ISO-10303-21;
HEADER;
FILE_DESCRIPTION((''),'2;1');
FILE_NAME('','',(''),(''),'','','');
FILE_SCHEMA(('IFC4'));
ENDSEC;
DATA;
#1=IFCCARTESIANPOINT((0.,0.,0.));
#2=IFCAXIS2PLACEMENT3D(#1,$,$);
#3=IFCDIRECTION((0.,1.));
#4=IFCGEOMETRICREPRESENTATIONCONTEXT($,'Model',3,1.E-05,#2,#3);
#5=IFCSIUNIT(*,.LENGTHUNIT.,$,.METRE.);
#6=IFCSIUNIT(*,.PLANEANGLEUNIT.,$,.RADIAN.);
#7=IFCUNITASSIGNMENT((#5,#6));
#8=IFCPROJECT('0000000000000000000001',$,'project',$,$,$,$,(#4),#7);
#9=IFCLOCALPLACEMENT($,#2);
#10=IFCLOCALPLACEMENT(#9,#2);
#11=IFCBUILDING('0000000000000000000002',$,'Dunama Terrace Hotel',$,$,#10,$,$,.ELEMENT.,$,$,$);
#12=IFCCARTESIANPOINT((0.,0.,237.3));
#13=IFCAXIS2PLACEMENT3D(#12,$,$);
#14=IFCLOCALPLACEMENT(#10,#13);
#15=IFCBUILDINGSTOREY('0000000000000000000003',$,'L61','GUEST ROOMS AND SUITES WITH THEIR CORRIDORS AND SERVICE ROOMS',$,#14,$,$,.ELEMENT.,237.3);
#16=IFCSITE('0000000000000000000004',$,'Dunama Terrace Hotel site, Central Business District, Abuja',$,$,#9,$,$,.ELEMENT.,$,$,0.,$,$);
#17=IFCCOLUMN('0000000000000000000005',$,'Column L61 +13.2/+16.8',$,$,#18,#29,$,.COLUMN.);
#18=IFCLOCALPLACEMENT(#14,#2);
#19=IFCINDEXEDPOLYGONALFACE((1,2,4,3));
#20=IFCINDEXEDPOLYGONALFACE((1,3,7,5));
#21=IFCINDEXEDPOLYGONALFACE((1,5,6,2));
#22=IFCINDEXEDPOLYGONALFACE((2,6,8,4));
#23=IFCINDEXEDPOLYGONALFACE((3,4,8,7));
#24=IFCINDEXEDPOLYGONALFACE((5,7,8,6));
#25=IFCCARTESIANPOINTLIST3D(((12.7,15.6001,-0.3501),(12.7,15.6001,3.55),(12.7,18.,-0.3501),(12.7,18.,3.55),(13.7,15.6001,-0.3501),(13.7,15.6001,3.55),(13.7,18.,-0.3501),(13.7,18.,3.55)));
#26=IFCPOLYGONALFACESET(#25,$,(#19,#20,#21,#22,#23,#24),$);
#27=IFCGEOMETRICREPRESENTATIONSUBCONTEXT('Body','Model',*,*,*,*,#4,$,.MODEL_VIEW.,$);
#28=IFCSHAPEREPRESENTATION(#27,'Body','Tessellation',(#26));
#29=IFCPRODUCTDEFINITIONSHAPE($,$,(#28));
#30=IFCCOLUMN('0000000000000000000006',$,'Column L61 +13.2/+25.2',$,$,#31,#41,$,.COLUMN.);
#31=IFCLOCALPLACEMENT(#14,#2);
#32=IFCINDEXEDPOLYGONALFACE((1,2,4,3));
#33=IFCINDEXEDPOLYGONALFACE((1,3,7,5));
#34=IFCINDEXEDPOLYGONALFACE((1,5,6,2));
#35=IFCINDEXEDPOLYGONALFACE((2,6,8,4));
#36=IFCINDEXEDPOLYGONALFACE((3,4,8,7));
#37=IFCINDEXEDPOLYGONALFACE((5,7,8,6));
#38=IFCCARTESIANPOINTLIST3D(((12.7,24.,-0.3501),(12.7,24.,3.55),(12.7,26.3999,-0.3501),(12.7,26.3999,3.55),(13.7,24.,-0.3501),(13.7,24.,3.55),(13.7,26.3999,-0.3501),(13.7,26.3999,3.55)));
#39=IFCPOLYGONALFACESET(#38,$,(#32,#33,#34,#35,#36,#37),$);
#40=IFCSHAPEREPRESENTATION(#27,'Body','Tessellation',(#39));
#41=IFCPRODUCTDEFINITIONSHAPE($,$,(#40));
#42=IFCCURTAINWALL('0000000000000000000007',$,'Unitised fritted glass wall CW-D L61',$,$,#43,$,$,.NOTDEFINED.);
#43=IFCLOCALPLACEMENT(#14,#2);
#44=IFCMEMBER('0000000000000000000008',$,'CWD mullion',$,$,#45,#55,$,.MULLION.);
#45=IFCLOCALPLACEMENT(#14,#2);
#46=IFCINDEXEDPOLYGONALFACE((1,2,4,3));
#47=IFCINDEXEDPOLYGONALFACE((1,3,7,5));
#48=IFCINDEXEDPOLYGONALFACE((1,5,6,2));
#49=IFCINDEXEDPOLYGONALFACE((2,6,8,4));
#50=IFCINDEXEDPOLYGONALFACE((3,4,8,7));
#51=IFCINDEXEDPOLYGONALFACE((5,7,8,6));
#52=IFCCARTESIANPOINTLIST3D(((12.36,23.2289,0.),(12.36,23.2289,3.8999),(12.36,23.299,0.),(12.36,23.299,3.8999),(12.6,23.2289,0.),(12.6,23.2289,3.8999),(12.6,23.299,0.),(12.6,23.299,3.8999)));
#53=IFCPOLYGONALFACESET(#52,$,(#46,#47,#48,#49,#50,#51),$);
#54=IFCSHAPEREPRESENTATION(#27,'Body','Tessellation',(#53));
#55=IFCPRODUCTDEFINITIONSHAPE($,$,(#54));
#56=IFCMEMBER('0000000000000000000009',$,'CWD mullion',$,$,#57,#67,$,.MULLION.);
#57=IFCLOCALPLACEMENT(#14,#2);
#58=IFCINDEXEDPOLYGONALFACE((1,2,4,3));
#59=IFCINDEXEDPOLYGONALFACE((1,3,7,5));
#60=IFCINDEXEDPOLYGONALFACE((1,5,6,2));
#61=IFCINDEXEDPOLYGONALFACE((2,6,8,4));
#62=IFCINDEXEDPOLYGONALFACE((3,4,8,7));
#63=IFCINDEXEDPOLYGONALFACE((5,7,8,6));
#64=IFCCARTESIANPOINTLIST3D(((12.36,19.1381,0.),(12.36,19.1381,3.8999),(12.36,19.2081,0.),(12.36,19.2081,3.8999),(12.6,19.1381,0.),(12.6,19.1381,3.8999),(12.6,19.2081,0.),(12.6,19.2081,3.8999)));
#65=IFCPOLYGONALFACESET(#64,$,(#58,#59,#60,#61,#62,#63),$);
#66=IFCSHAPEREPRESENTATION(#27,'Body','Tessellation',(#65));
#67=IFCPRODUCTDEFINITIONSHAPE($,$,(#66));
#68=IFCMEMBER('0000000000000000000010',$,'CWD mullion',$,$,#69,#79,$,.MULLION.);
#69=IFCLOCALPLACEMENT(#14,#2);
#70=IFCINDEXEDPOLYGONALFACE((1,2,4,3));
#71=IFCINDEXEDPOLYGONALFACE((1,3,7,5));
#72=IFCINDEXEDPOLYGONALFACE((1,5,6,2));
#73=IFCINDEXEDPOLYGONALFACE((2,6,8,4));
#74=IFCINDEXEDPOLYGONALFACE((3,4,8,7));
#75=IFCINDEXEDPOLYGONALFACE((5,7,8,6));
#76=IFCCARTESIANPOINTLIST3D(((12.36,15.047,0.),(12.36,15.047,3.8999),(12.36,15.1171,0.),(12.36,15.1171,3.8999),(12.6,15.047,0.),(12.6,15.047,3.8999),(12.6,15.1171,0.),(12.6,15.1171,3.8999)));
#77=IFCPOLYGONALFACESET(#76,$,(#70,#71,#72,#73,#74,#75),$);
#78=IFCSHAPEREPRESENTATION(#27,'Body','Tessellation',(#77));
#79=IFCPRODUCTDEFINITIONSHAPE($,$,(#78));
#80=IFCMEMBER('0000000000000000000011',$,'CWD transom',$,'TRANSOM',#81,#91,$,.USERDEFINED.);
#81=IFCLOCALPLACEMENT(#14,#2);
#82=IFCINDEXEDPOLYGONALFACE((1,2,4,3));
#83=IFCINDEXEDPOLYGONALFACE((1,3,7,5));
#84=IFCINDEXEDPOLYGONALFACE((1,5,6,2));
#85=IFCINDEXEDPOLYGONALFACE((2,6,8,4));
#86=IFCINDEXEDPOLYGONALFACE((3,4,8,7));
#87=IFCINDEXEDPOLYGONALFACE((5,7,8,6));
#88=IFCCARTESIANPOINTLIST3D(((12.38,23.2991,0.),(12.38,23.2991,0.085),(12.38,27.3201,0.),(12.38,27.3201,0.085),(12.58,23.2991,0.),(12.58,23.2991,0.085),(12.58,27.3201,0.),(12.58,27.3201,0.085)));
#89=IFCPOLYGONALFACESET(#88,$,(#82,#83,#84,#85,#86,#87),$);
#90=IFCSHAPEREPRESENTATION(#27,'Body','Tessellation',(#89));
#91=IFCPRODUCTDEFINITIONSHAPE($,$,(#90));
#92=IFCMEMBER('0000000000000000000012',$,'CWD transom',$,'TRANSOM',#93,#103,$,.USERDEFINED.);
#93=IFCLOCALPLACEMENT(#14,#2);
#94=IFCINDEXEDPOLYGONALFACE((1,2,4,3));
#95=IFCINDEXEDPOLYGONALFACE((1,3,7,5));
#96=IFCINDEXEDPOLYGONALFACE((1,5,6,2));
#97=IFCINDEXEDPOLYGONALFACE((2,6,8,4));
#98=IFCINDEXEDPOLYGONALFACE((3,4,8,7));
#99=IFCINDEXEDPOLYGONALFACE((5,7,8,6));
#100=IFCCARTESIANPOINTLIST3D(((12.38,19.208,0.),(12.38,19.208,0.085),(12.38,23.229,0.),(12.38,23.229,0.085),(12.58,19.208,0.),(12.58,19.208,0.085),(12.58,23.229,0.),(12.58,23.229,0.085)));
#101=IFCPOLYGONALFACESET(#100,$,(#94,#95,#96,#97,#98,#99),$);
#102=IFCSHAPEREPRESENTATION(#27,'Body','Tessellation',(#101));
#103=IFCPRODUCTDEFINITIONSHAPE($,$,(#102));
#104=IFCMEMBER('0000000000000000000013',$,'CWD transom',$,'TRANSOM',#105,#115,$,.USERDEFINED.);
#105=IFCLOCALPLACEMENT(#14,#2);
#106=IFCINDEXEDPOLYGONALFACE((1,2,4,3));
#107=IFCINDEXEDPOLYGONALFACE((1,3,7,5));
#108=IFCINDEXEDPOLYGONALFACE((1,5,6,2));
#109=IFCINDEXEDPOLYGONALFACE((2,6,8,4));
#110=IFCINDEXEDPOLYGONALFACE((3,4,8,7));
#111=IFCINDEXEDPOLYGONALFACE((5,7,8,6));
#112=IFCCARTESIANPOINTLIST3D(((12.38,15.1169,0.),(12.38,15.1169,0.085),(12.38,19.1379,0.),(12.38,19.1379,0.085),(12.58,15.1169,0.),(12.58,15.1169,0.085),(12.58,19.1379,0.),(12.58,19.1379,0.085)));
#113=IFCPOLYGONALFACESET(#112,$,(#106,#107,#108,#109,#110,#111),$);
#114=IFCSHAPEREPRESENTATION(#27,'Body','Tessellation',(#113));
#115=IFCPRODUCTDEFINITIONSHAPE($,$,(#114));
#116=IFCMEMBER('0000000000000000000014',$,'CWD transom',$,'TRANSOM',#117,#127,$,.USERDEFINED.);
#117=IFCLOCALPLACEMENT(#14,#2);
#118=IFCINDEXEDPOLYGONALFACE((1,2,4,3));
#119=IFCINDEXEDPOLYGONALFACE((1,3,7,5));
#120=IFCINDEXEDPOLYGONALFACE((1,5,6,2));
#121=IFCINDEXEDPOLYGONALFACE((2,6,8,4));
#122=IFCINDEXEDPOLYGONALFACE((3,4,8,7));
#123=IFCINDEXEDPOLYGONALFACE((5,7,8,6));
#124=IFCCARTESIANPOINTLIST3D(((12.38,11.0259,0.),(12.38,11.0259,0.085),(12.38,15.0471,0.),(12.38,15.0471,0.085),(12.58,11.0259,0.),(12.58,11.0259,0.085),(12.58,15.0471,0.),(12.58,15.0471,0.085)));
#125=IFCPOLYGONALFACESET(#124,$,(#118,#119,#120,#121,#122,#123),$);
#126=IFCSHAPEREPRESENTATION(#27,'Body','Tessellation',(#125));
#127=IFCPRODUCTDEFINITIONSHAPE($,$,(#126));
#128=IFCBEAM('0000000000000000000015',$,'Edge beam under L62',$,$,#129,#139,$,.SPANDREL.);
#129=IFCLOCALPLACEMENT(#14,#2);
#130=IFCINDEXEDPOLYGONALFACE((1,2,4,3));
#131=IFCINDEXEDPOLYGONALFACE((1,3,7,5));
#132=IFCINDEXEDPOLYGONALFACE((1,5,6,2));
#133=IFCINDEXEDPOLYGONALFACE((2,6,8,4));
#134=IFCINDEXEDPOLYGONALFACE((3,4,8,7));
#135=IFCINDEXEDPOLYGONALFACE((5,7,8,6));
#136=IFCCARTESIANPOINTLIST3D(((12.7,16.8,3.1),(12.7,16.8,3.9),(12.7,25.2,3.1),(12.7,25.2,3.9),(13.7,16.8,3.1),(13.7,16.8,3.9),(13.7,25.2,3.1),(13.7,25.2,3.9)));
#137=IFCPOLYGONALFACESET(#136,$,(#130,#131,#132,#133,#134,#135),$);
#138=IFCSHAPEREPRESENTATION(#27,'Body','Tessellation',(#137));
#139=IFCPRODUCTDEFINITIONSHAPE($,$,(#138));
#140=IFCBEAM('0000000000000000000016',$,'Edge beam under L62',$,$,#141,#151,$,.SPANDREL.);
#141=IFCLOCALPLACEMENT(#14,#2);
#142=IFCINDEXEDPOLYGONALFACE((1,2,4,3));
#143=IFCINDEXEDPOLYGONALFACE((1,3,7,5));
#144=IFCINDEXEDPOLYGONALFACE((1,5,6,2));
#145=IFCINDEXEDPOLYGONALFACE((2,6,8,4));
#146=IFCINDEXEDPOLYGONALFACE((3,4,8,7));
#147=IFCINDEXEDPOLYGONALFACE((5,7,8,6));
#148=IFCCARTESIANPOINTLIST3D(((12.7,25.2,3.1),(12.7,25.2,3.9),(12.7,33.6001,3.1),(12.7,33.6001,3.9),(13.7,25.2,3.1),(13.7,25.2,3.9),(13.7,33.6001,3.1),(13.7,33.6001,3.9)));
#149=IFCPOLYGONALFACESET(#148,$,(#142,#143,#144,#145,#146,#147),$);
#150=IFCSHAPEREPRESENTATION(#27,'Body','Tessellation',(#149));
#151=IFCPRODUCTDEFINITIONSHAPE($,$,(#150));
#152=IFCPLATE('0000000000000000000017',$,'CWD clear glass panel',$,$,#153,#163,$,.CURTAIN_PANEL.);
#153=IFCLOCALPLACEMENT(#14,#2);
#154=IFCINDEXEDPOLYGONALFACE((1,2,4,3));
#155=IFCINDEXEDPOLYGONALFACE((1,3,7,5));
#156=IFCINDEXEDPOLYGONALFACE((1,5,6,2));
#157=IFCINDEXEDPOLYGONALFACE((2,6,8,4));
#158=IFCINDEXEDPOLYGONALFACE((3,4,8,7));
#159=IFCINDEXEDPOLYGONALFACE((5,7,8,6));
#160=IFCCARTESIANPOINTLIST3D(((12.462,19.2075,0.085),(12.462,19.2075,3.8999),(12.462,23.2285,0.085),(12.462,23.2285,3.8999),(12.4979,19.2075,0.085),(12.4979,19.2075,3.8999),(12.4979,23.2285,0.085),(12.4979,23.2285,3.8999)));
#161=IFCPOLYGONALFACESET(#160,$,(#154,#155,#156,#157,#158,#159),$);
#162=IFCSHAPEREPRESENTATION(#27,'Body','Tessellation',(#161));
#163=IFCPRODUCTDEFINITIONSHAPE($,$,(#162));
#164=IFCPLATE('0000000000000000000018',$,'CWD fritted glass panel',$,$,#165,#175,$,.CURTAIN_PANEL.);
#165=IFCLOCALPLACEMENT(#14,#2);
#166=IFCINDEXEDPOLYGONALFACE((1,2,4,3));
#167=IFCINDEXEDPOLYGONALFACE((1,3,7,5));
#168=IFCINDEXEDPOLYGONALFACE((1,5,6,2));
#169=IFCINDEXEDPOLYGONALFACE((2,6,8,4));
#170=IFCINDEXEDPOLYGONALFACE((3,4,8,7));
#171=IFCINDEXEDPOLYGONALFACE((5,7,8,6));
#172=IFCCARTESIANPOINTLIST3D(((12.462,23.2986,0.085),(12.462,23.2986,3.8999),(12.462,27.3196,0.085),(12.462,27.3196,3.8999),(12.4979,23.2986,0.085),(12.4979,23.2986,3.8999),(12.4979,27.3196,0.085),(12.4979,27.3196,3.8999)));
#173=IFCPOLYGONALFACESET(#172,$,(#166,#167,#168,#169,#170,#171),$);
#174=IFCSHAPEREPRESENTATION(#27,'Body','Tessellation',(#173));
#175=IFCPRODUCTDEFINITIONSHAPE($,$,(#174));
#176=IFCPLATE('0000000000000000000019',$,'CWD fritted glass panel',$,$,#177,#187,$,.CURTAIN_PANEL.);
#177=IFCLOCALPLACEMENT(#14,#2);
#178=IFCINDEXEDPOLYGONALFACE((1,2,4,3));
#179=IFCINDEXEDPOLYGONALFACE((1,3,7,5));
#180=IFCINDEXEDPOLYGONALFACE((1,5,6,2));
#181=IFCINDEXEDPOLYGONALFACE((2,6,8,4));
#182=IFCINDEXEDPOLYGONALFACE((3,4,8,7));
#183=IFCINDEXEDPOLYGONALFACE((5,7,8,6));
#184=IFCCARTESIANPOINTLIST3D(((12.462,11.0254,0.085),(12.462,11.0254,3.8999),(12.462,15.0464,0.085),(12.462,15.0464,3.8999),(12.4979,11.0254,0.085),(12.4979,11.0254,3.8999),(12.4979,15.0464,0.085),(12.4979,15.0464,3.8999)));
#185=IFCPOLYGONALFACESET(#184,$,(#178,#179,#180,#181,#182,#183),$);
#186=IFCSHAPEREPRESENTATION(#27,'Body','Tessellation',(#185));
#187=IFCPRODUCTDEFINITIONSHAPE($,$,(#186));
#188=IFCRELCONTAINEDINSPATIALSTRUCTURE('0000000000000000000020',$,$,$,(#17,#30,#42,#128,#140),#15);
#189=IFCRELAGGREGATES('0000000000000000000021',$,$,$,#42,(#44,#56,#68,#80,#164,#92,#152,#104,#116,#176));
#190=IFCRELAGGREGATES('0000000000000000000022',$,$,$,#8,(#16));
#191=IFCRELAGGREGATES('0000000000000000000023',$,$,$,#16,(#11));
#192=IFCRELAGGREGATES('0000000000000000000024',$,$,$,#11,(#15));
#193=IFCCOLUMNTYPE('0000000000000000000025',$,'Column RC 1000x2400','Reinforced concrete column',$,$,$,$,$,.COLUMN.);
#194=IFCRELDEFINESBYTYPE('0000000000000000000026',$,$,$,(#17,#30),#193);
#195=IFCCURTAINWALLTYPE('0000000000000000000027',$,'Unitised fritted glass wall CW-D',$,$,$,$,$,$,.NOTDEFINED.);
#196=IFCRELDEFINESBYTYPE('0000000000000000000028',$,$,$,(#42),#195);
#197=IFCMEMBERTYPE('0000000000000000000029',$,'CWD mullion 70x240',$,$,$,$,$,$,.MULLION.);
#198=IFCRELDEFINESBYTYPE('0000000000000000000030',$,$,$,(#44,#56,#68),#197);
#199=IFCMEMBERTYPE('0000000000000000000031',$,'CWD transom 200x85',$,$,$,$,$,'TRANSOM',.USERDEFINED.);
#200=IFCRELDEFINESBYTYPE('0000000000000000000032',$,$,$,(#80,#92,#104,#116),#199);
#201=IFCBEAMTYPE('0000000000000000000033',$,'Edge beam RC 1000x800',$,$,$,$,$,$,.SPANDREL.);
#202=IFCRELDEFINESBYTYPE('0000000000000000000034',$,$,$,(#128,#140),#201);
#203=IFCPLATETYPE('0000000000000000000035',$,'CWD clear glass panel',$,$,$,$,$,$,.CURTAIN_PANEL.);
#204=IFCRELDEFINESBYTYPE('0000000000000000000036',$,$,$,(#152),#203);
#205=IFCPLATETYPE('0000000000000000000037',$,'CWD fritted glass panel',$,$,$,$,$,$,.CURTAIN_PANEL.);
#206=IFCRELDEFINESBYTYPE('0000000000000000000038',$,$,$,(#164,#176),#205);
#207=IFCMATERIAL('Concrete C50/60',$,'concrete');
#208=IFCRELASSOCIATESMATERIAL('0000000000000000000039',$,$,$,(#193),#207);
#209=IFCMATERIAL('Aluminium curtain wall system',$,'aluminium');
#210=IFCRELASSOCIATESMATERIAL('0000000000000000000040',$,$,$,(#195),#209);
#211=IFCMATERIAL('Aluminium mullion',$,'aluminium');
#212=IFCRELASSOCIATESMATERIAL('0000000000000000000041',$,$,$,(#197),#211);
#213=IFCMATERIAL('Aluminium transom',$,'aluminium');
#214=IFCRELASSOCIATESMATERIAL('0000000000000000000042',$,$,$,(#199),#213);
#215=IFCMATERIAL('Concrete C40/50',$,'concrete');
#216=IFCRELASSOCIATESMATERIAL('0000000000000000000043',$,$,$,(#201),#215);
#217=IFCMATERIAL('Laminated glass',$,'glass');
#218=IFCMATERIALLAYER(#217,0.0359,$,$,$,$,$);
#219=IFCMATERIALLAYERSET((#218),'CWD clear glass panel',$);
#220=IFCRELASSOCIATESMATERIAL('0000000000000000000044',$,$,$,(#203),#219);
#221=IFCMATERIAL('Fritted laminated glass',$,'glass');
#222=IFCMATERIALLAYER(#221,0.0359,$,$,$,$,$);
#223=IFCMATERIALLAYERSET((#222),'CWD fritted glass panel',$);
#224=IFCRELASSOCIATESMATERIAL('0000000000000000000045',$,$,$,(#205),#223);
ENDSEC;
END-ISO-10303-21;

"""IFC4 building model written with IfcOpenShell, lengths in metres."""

from ifc_helpers import new_model, si_unit, direction, frame, origin, origin_2d, place, context, subcontext, project, spatial, rectangle, extrude, material, layer, layer_set, material_profile, profile_set, type_object, element, aggregate, save


model = new_model("IFC4")

# Units and contexts
model_context = context("Model", 3, precision=1e-05, world=origin(), true_north=direction((0.0, 1.0)))
body_context = subcontext(model_context, "Body", "Model", "MODEL_VIEW")
ifc_project = project(units=[si_unit("LENGTHUNIT", "METRE"), si_unit("PLANEANGLEUNIT", "RADIAN")], contexts=[model_context])

# Site, building, storey
site_placement = place(None, origin())
site = spatial("IfcSite", under=ifc_project, at=site_placement, Name="Dunama Terrace Hotel site, Central Business District, Abuja", CompositionType="ELEMENT", RefElevation=0.0)
building_placement = place(site_placement, origin())
building = spatial("IfcBuilding", under=site, at=building_placement, Name="Dunama Terrace Hotel", CompositionType="ELEMENT")
storey_placement = place(building_placement, frame((0.0, 0.0, 237.3)))
storey = spatial("IfcBuildingStorey", under=building, at=storey_placement, Name="L61", Description="GUEST ROOMS AND SUITES WITH THEIR CORRIDORS AND SERVICE ROOMS", CompositionType="ELEMENT", Elevation=237.3)

# Columns
ifc_material_1 = material(Name="Concrete C50/60", Category="concrete")
ifc_material_profile_1 = material_profile(ifc_material_1, rectangle(XDim=1.0, YDim=2.3999, at=origin_2d()), Name="RC 1000x2400")
ifc_profile_set_1 = profile_set([ifc_material_profile_1], Name="Concrete C50/60")
column_type = type_object("IfcColumnType", Name="Column RC 1000x2400", Description="Reinforced concrete column", PredefinedType="COLUMN", material=ifc_profile_set_1)
for number, where, z_axis, x_axis, name in (
    (1, (13.2, 16.8, -0.3501), (0.0, 0.0, 1.0), (1.0, 0.0, 0.0), "Column L61 +13.2/+16.8"),
    (2, (13.2, 25.2, -0.3501), (0.0, 0.0, 1.0), (1.0, 0.0, 0.0), "Column L61 +13.2/+25.2"),
):
    element("IfcColumn", number, at=place(storey_placement, frame(where, z_axis=z_axis, x_axis=x_axis)), inside=storey, type_object=column_type, Name=name, PredefinedType="COLUMN", context=body_context, shape_type="SweptSolid", body=[
        extrude(rectangle(XDim=1.0, YDim=2.3999, at=origin_2d()), origin(), (0.0, 0.0, 1.0), 3.9001),
    ])

# Curtain wall, members
ifc_material_2 = material(Name="Aluminium curtain wall system", Category="aluminium")
curtain_wall_type = type_object("IfcCurtainWallType", Name="Unitised fritted glass wall CW-D", PredefinedType="NOTDEFINED", material=ifc_material_2)
curtain_wall_placement = place(storey_placement, origin())
curtain_wall = element("IfcCurtainWall", 3, at=curtain_wall_placement, inside=storey, type_object=curtain_wall_type, Name="Unitised fritted glass wall CW-D L61", PredefinedType="NOTDEFINED")
ifc_material_3 = material(Name="Aluminium mullion", Category="aluminium")
ifc_material_profile_2 = material_profile(ifc_material_3, rectangle(XDim=0.0701, YDim=0.24, at=origin_2d()), Name="CWD MULLION 70X240")
ifc_profile_set_2 = profile_set([ifc_material_profile_2], Name="Aluminium mullion")
member_type_1 = type_object("IfcMemberType", Name="CWD mullion 70x240", PredefinedType="MULLION", material=ifc_profile_set_2)
member_1_placement = place(storey_placement, frame((12.48, 23.2639, 0.0), z_axis=(0.0, 0.0, 1.0), x_axis=(0.0, -1.0, 0.0)))
member_1 = element("IfcMember", 4, at=member_1_placement, type_object=member_type_1, Name="CWD mullion", PredefinedType="MULLION", context=body_context, shape_type="SweptSolid", body=[
    extrude(rectangle(XDim=0.0701, YDim=0.24, at=origin_2d()), origin(), (0.0, 0.0, 1.0), 3.8999),
])
member_2_placement = place(storey_placement, frame((12.48, 19.1731, 0.0), z_axis=(0.0, 0.0, 1.0), x_axis=(0.0, -1.0, 0.0)))
member_2 = element("IfcMember", 5, at=member_2_placement, type_object=member_type_1, Name="CWD mullion", PredefinedType="MULLION", context=body_context, shape_type="SweptSolid", body=[
    extrude(rectangle(XDim=0.0701, YDim=0.24, at=origin_2d()), origin(), (0.0, 0.0, 1.0), 3.8999),
])
member_3_placement = place(storey_placement, frame((12.48, 15.082, 0.0), z_axis=(0.0, 0.0, 1.0), x_axis=(0.0, -1.0, 0.0)))
member_3 = element("IfcMember", 6, at=member_3_placement, type_object=member_type_1, Name="CWD mullion", PredefinedType="MULLION", context=body_context, shape_type="SweptSolid", body=[
    extrude(rectangle(XDim=0.0701, YDim=0.24, at=origin_2d()), origin(), (0.0, 0.0, 1.0), 3.8999),
])
ifc_material_4 = material(Name="Aluminium transom", Category="aluminium")
ifc_material_profile_3 = material_profile(ifc_material_4, rectangle(XDim=0.2, YDim=0.085, at=origin_2d()), Name="CWD TRANSOM 200X85")
ifc_profile_set_3 = profile_set([ifc_material_profile_3], Name="Aluminium transom")
member_type_2 = type_object("IfcMemberType", Name="CWD transom 200x85", ElementType="TRANSOM", PredefinedType="USERDEFINED", material=ifc_profile_set_3)
member_4_placement = place(storey_placement, frame((12.48, 27.3201, 0.0425), z_axis=(0.0, -1.0, 0.0), x_axis=(1.0, 0.0, 0.0)))
member_4 = element("IfcMember", 7, at=member_4_placement, type_object=member_type_2, Name="CWD transom", ObjectType="TRANSOM", PredefinedType="USERDEFINED", context=body_context, shape_type="SweptSolid", body=[
    extrude(rectangle(XDim=0.2, YDim=0.085, at=origin_2d()), origin(), (0.0, 0.0, 1.0), 4.021),
])
member_5_placement = place(storey_placement, frame((12.48, 23.229, 0.0425), z_axis=(0.0, -1.0, 0.0), x_axis=(1.0, 0.0, 0.0)))
member_5 = element("IfcMember", 8, at=member_5_placement, type_object=member_type_2, Name="CWD transom", ObjectType="TRANSOM", PredefinedType="USERDEFINED", context=body_context, shape_type="SweptSolid", body=[
    extrude(rectangle(XDim=0.2, YDim=0.085, at=origin_2d()), origin(), (0.0, 0.0, 1.0), 4.021),
])
member_6_placement = place(storey_placement, frame((12.48, 19.1379, 0.0425), z_axis=(0.0, -1.0, 0.0), x_axis=(1.0, 0.0, 0.0)))
member_6 = element("IfcMember", 9, at=member_6_placement, type_object=member_type_2, Name="CWD transom", ObjectType="TRANSOM", PredefinedType="USERDEFINED", context=body_context, shape_type="SweptSolid", body=[
    extrude(rectangle(XDim=0.2, YDim=0.085, at=origin_2d()), origin(), (0.0, 0.0, 1.0), 4.021),
])
member_7_placement = place(storey_placement, frame((12.48, 15.0471, 0.0425), z_axis=(0.0, -1.0, 0.0), x_axis=(1.0, 0.0, 0.0)))
member_7 = element("IfcMember", 10, at=member_7_placement, type_object=member_type_2, Name="CWD transom", ObjectType="TRANSOM", PredefinedType="USERDEFINED", context=body_context, shape_type="SweptSolid", body=[
    extrude(rectangle(XDim=0.2, YDim=0.085, at=origin_2d()), origin(), (0.0, 0.0, 1.0), 4.0212),
])

# Beams
ifc_material_5 = material(Name="Concrete C40/50", Category="concrete")
ifc_material_profile_4 = material_profile(ifc_material_5, rectangle(XDim=1.0, YDim=0.8, at=origin_2d()), Name="RC 1000x800")
ifc_profile_set_4 = profile_set([ifc_material_profile_4], Name="Concrete C40/50")
beam_type = type_object("IfcBeamType", Name="Edge beam RC 1000x800", PredefinedType="SPANDREL", material=ifc_profile_set_4)
beam_1_placement = place(storey_placement, frame((13.2, 16.8, 3.5), z_axis=(0.0, 1.0, 0.0), x_axis=(-1.0, 0.0, 0.0)))
element("IfcBeam", 11, at=beam_1_placement, inside=storey, type_object=beam_type, Name="Edge beam under L62", PredefinedType="SPANDREL", context=body_context, shape_type="SweptSolid", body=[
    extrude(rectangle(XDim=1.0, YDim=0.8, at=origin_2d()), origin(), (0.0, 0.0, 1.0), 8.3999),
])
beam_2_placement = place(storey_placement, frame((13.2, 25.2, 3.5), z_axis=(0.0, 1.0, 0.0), x_axis=(-1.0, 0.0, 0.0)))
element("IfcBeam", 12, at=beam_2_placement, inside=storey, type_object=beam_type, Name="Edge beam under L62", PredefinedType="SPANDREL", context=body_context, shape_type="SweptSolid", body=[
    extrude(rectangle(XDim=1.0, YDim=0.8, at=origin_2d()), origin(), (0.0, 0.0, 1.0), 8.4001),
])

# Plates
ifc_material_6 = material(Name="Laminated glass", Category="glass")
ifc_layer_1 = layer(ifc_material_6, 0.0359)
ifc_layer_set_1 = layer_set([ifc_layer_1], Name="CWD clear glass panel")
plate_type_1 = type_object("IfcPlateType", Name="CWD clear glass panel", PredefinedType="CURTAIN_PANEL", material=ifc_layer_set_1)
plate_1_placement = place(storey_placement, frame((12.48, 21.218, 0.085), z_axis=(0.0, 0.0, 1.0), x_axis=(0.0, -1.0, 0.0)))
plate_1 = element("IfcPlate", 13, at=plate_1_placement, type_object=plate_type_1, Name="CWD clear glass panel", PredefinedType="CURTAIN_PANEL", context=body_context, shape_type="SweptSolid", body=[
    extrude(rectangle(XDim=4.021, YDim=0.0359, at=origin_2d()), origin(), (0.0, 0.0, 1.0), 3.8149),
])
ifc_material_7 = material(Name="Fritted laminated glass", Category="glass")
ifc_layer_2 = layer(ifc_material_7, 0.0359)
ifc_layer_set_2 = layer_set([ifc_layer_2], Name="CWD fritted glass panel")
plate_type_2 = type_object("IfcPlateType", Name="CWD fritted glass panel", PredefinedType="CURTAIN_PANEL", material=ifc_layer_set_2)
plate_2_placement = place(storey_placement, frame((12.48, 25.3091, 0.085), z_axis=(0.0, 0.0, 1.0), x_axis=(0.0, -1.0, 0.0)))
plate_2 = element("IfcPlate", 14, at=plate_2_placement, type_object=plate_type_2, Name="CWD fritted glass panel", PredefinedType="CURTAIN_PANEL", context=body_context, shape_type="SweptSolid", body=[
    extrude(rectangle(XDim=4.021, YDim=0.0359, at=origin_2d()), origin(), (0.0, 0.0, 1.0), 3.8149),
])
plate_3_placement = place(storey_placement, frame((12.48, 13.0359, 0.085), z_axis=(0.0, 0.0, 1.0), x_axis=(0.0, -1.0, 0.0)))
plate_3 = element("IfcPlate", 15, at=plate_3_placement, type_object=plate_type_2, Name="CWD fritted glass panel", PredefinedType="CURTAIN_PANEL", context=body_context, shape_type="SweptSolid", body=[
    extrude(rectangle(XDim=4.021, YDim=0.0359, at=origin_2d()), origin(), (0.0, 0.0, 1.0), 3.8149),
])
aggregate(curtain_wall, [member_1, member_2, member_3, member_4, plate_2, member_5, plate_1, member_6, member_7, plate_3])

save(model, "model.ifc")
